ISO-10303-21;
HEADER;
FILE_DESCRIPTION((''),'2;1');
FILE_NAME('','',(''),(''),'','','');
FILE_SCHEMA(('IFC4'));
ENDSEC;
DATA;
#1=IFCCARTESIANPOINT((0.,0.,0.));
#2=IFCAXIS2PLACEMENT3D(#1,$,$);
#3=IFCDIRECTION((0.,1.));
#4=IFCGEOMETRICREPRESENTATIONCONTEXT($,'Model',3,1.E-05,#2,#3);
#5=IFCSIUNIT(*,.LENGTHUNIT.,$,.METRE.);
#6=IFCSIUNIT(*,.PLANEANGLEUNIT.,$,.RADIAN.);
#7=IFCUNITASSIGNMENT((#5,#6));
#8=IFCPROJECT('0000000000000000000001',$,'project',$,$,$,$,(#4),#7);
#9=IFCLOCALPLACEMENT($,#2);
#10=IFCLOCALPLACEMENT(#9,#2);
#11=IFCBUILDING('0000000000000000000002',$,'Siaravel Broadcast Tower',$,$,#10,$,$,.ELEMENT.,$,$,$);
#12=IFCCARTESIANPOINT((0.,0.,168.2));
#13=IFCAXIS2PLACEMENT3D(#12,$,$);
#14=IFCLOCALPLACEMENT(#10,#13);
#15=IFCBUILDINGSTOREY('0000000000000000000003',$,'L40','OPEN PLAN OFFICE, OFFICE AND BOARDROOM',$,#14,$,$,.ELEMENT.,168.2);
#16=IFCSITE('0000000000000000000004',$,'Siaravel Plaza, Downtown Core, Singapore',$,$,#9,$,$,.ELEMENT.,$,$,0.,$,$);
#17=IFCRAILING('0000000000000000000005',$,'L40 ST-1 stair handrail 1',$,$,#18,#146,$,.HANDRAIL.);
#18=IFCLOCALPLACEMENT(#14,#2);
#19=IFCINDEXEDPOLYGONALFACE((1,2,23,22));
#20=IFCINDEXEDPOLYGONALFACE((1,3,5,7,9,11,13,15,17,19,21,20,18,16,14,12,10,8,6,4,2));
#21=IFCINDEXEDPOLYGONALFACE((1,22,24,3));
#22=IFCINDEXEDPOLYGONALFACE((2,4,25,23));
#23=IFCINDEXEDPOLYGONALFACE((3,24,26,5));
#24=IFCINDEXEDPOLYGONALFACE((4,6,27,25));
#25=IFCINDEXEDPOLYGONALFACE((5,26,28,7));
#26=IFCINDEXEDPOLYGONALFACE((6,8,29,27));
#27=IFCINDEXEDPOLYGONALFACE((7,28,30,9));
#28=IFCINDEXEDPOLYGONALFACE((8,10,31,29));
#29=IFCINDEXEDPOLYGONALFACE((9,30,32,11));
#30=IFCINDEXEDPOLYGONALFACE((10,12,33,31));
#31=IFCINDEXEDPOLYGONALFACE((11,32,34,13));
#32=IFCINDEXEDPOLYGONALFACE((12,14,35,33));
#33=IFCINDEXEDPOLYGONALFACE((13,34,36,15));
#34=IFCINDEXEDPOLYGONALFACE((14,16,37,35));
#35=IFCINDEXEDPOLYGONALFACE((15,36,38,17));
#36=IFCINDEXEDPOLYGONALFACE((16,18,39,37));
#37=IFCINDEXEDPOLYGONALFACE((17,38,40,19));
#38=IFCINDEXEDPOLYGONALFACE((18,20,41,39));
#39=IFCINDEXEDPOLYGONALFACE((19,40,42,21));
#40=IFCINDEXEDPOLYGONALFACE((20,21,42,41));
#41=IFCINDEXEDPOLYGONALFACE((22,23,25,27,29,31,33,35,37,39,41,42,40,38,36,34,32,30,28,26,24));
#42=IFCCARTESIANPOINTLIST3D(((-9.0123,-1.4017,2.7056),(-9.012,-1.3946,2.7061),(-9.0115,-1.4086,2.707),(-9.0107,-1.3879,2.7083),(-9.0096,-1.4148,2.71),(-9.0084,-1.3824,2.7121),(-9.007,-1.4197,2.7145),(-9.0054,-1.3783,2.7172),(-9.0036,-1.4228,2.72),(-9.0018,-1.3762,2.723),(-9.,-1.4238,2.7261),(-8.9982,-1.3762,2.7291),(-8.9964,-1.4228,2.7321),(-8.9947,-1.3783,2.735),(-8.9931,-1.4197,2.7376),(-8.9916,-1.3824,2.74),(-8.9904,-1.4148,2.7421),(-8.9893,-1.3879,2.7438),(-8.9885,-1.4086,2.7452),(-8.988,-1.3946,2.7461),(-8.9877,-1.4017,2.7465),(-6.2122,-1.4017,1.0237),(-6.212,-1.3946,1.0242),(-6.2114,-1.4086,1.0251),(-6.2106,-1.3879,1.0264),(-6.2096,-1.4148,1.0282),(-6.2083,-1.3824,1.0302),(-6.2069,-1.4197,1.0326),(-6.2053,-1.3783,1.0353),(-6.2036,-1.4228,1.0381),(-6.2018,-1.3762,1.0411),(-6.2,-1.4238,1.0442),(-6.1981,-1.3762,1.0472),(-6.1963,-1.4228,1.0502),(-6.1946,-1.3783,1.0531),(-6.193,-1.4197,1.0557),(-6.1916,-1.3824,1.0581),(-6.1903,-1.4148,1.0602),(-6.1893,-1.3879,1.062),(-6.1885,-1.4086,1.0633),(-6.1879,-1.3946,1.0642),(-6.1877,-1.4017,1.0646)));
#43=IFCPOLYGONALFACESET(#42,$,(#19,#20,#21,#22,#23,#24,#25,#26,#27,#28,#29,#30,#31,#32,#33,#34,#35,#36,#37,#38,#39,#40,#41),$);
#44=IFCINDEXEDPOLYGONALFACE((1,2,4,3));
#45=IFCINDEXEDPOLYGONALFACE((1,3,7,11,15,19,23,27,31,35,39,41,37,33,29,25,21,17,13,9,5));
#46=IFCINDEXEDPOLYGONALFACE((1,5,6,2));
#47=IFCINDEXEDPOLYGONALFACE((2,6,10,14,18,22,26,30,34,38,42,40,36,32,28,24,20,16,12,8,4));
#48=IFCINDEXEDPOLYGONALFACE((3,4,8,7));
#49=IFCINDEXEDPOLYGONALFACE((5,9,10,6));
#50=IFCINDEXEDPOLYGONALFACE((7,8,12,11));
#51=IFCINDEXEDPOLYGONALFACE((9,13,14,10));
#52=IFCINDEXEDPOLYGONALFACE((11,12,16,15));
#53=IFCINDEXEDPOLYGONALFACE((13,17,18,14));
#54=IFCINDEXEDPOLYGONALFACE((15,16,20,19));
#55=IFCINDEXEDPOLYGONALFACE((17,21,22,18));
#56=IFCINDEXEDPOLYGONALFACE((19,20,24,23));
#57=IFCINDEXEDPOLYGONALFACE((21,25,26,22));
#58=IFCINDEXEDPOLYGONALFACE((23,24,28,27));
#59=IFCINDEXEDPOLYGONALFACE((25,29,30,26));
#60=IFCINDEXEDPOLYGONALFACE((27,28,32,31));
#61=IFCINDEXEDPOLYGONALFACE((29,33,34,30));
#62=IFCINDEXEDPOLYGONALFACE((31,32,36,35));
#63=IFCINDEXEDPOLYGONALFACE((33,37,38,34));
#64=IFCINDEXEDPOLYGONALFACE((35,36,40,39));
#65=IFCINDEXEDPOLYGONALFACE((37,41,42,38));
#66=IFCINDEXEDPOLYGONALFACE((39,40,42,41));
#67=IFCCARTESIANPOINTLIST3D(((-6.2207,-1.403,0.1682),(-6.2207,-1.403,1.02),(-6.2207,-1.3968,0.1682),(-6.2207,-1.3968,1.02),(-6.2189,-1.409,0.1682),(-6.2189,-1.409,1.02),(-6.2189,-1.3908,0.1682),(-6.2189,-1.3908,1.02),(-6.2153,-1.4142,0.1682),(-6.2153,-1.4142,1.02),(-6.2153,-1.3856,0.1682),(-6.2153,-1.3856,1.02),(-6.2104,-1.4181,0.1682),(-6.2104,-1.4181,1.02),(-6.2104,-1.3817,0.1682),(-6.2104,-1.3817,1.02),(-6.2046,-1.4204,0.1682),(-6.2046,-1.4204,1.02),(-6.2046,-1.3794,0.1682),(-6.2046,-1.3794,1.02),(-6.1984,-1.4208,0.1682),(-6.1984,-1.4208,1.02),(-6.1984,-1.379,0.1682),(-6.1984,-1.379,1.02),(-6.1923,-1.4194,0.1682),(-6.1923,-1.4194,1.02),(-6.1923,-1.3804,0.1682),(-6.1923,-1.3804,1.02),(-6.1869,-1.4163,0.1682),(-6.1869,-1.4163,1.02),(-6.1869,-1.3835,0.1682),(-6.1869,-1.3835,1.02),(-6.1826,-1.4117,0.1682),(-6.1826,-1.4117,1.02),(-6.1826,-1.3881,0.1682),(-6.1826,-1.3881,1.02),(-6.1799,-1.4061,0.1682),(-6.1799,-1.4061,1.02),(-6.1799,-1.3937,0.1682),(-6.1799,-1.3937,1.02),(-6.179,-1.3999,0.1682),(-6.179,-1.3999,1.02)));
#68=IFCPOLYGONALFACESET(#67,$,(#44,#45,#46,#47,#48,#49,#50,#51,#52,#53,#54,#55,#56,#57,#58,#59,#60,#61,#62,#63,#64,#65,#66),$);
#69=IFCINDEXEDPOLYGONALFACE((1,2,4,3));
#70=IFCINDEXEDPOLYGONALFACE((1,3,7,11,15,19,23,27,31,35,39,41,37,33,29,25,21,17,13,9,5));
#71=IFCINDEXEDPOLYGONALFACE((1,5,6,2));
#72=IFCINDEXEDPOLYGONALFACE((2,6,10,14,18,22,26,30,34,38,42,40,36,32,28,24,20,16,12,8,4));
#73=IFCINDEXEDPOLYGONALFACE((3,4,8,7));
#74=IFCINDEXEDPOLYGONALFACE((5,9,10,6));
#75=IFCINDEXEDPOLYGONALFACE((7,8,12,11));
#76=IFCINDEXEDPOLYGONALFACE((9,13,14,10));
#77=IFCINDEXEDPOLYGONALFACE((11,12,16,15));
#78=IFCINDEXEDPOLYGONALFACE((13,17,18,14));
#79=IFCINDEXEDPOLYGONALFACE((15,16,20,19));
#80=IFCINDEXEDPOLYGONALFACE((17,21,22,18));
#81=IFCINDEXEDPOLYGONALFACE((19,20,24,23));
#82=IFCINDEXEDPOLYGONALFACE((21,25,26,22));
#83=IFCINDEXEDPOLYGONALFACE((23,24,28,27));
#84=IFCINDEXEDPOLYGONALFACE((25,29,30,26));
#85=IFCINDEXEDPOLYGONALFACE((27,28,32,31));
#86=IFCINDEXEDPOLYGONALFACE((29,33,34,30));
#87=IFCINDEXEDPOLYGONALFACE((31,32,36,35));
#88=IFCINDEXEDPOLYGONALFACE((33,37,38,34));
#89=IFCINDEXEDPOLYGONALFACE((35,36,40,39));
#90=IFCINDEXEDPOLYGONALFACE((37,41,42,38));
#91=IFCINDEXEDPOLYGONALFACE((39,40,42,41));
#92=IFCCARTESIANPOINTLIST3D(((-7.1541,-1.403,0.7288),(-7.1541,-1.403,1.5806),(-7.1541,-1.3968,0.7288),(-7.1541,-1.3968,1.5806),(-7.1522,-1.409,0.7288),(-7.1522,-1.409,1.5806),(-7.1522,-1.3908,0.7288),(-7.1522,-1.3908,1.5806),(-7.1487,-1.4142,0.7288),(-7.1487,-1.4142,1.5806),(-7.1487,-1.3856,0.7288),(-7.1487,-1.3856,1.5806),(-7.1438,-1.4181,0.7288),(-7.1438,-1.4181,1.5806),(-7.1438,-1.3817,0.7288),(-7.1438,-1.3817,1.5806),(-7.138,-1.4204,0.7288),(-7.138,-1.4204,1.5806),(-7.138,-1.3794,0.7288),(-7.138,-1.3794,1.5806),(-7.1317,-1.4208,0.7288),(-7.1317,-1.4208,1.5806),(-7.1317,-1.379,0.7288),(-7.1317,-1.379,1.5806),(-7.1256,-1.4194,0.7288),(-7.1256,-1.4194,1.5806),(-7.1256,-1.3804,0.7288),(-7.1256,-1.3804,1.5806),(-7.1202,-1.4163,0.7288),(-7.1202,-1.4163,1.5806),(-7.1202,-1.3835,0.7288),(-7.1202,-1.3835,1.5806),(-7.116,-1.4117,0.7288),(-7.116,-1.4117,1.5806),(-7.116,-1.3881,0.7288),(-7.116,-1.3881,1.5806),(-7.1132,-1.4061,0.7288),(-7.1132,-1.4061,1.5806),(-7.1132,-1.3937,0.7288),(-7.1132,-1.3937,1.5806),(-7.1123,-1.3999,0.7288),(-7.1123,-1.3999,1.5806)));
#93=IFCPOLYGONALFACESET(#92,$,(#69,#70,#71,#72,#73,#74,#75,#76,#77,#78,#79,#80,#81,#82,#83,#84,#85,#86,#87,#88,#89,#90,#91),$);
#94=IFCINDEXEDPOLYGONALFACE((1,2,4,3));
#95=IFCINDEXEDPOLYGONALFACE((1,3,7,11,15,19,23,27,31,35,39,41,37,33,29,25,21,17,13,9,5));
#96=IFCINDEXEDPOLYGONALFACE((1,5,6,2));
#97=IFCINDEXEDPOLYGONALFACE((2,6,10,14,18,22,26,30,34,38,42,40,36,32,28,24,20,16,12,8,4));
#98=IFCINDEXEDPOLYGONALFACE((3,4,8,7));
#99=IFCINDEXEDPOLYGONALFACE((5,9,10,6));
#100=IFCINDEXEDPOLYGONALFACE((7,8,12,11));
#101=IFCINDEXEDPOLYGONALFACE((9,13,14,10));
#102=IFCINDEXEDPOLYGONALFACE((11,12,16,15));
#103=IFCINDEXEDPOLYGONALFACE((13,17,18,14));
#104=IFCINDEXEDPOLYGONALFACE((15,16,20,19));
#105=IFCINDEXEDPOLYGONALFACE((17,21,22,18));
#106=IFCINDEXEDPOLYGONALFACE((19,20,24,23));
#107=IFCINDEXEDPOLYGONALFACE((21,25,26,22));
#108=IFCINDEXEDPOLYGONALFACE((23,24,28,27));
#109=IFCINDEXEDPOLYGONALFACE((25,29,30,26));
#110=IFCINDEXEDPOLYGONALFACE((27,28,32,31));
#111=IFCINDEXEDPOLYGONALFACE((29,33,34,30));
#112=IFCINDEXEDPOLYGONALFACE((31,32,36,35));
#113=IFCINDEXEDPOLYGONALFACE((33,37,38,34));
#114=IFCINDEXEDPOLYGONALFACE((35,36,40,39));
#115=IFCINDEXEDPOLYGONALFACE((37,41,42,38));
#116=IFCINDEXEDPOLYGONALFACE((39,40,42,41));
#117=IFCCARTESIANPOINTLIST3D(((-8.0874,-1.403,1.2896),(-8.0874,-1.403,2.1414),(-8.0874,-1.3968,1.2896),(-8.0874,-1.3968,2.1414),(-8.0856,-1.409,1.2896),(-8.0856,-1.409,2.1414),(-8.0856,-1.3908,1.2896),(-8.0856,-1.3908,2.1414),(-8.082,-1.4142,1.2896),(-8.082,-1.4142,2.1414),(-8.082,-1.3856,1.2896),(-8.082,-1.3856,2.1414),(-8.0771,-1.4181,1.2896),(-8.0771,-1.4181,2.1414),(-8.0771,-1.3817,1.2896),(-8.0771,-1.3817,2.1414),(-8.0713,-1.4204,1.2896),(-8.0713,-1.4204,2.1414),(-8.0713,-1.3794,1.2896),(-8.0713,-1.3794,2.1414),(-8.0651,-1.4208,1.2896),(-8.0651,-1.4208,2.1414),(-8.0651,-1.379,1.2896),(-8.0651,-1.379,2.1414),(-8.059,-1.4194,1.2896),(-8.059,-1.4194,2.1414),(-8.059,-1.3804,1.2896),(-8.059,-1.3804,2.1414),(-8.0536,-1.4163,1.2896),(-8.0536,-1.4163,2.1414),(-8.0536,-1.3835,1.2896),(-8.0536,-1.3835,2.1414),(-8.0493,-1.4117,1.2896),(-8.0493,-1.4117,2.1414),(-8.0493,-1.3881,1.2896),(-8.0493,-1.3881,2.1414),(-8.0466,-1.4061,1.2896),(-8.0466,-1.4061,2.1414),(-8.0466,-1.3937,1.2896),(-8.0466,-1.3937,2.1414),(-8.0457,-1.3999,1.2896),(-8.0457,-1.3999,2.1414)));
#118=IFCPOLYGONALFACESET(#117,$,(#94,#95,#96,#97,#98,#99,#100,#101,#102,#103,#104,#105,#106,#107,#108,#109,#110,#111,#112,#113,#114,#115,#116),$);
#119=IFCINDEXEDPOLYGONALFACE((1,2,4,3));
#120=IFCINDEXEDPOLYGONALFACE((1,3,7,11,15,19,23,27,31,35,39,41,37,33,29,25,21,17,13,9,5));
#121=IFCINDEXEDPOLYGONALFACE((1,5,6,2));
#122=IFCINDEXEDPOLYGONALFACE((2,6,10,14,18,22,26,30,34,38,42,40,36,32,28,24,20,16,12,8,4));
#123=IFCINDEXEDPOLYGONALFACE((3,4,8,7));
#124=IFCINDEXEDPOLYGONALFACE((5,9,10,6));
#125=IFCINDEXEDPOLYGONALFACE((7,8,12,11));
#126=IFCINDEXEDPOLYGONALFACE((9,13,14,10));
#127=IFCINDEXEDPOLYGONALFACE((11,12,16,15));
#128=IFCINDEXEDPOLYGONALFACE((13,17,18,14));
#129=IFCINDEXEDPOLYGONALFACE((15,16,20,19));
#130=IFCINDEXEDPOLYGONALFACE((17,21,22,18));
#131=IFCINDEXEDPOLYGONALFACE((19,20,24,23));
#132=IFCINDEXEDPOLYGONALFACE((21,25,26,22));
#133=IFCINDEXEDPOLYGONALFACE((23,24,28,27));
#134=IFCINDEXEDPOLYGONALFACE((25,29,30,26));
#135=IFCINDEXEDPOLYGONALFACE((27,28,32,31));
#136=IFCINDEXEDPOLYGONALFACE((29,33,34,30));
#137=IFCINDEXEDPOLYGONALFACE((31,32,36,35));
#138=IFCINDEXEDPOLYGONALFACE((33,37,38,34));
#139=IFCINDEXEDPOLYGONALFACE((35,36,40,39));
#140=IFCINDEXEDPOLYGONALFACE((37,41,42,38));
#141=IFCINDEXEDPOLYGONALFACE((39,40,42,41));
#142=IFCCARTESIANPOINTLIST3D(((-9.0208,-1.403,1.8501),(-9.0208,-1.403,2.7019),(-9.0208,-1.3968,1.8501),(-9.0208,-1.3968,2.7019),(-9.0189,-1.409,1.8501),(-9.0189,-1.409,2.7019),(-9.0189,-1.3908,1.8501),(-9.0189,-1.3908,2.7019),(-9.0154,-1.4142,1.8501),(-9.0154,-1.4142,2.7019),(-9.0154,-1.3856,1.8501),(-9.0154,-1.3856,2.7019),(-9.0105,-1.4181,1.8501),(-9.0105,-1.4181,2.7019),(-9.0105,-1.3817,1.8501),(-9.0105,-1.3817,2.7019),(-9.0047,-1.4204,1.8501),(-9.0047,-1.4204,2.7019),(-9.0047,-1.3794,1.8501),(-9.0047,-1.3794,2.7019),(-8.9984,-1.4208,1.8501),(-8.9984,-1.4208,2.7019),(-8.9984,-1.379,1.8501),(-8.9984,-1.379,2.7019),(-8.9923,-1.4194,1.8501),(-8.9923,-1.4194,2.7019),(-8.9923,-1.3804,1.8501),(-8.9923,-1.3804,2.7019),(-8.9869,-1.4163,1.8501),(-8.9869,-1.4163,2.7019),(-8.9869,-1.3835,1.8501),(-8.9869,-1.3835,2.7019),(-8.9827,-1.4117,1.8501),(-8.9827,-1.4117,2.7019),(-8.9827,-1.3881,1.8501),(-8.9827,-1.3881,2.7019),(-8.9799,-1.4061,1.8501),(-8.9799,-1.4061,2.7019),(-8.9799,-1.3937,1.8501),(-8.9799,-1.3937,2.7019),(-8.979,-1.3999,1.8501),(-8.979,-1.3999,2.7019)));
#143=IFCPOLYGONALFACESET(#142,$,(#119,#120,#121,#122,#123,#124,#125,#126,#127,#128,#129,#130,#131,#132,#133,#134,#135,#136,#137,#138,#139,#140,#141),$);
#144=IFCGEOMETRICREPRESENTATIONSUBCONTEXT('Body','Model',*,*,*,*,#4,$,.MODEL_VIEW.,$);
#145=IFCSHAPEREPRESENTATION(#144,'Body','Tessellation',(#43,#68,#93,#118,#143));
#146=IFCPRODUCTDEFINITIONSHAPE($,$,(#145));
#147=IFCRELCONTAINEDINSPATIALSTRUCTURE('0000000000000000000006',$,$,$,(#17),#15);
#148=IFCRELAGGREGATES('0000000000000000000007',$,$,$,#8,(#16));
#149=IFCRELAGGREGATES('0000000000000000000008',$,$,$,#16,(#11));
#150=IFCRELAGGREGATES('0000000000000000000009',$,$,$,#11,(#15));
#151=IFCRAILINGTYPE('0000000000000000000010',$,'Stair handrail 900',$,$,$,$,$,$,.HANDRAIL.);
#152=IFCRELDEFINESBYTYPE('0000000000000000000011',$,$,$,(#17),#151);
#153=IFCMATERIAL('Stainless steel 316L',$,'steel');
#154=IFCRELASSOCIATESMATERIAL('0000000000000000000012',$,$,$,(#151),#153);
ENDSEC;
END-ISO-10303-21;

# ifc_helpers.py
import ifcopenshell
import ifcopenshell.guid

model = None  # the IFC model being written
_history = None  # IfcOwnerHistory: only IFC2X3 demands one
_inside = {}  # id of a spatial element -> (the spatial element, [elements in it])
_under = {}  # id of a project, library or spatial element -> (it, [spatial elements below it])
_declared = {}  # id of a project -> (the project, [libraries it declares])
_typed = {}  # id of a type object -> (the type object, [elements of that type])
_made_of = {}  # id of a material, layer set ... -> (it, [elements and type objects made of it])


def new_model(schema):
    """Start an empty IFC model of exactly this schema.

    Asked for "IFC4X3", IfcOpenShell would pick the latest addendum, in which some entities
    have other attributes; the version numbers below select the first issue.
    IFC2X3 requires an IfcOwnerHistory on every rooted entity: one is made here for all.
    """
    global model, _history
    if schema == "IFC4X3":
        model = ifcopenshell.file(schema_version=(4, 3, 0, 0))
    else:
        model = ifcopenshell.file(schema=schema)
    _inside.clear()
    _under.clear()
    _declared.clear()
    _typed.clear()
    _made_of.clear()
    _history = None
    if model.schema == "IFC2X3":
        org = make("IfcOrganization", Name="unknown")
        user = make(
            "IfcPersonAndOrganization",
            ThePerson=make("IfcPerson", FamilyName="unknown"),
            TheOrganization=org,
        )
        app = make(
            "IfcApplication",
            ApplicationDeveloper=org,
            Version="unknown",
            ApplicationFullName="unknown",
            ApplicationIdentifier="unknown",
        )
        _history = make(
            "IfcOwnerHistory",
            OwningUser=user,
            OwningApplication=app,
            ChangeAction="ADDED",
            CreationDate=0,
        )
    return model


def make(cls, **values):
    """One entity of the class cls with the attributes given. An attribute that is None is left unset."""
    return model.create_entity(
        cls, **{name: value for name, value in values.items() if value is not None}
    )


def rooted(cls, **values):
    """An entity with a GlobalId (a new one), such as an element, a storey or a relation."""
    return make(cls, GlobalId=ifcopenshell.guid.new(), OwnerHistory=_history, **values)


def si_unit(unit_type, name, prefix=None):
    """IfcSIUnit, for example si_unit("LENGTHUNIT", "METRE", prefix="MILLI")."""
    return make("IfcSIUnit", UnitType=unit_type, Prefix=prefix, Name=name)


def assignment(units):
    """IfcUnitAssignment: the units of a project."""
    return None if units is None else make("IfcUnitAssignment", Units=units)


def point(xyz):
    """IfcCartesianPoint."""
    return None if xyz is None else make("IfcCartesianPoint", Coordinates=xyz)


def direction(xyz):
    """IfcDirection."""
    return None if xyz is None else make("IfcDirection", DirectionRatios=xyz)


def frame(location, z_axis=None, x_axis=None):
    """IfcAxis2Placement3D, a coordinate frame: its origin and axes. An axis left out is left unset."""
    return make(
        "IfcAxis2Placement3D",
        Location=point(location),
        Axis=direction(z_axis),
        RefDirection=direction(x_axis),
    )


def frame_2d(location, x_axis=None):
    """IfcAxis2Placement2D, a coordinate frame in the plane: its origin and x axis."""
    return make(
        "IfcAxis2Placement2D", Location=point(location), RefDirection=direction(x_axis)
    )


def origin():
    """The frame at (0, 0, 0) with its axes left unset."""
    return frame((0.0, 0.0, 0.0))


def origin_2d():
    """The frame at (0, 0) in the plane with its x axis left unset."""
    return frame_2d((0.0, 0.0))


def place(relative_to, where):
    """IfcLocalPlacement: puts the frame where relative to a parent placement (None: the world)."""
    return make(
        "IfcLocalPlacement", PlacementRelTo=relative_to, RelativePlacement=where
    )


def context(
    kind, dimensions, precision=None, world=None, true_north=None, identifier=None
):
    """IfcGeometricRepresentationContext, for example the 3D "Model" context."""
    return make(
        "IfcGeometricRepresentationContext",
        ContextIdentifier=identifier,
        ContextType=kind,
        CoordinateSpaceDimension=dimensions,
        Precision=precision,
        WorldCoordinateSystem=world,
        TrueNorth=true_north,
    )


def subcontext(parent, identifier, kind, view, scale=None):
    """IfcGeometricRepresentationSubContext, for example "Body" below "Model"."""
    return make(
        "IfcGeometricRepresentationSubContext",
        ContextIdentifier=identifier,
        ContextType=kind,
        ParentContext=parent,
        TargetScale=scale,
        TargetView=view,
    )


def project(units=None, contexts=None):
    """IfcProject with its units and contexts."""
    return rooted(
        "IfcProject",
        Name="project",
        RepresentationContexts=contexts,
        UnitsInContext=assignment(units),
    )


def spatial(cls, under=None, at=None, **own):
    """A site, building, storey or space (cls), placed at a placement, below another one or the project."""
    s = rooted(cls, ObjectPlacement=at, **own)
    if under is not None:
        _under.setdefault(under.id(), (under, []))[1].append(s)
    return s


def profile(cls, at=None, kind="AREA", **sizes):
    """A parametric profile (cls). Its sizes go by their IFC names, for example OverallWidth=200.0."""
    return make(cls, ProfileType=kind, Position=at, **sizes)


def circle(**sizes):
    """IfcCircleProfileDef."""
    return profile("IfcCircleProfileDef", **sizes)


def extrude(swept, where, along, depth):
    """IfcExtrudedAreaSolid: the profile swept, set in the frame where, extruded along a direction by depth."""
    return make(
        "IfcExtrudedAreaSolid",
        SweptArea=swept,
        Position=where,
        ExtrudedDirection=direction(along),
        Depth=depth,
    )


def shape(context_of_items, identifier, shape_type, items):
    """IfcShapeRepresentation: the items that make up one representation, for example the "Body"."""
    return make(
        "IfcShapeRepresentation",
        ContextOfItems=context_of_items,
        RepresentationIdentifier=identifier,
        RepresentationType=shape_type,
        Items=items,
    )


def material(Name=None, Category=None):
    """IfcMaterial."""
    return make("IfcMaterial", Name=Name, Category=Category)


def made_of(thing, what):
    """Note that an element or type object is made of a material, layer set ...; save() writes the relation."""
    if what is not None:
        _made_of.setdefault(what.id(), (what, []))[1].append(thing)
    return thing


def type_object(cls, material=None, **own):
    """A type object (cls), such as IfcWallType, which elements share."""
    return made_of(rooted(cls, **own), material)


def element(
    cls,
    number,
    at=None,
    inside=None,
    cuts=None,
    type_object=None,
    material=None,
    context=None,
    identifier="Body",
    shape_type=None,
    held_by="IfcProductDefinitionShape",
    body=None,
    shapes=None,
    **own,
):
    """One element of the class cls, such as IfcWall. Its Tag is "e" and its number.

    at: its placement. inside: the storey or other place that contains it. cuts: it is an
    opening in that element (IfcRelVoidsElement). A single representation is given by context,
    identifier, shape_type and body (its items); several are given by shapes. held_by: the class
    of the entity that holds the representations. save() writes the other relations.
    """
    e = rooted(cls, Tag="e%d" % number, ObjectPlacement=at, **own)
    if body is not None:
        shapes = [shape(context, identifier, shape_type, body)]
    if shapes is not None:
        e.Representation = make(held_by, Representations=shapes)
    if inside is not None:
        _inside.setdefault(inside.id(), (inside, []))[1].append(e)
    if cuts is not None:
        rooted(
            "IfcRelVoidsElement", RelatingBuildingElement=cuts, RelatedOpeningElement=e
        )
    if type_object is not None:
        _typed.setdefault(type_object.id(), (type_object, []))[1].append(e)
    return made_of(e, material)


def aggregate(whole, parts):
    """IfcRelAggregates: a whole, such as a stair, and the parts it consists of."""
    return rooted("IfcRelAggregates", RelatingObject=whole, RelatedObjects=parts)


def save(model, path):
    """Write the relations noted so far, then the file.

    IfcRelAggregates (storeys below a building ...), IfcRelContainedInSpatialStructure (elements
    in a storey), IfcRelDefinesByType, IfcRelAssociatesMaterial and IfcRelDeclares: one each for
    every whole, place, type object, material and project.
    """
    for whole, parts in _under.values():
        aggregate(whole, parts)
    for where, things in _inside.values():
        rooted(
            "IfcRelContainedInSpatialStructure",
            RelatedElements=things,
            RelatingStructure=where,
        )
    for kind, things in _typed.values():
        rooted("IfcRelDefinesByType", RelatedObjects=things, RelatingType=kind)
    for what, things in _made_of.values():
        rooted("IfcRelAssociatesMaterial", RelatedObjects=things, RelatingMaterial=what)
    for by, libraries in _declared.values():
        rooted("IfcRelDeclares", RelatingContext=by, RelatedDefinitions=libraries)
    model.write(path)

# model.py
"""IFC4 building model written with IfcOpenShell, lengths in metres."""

from ifc_helpers import new_model, si_unit, direction, frame, origin, origin_2d, place, context, subcontext, project, spatial, circle, extrude, material, type_object, element, save


model = new_model("IFC4")

# Units and contexts
model_context = context("Model", 3, precision=1e-05, world=origin(), true_north=direction((0.0, 1.0)))
body_context = subcontext(model_context, "Body", "Model", "MODEL_VIEW")
ifc_project = project(units=[si_unit("LENGTHUNIT", "METRE"), si_unit("PLANEANGLEUNIT", "RADIAN")], contexts=[model_context])

# Site, building, storey
site_placement = place(None, origin())
site = spatial("IfcSite", under=ifc_project, at=site_placement, Name="Siaravel Plaza, Downtown Core, Singapore", CompositionType="ELEMENT", RefElevation=0.0)
building_placement = place(site_placement, origin())
building = spatial("IfcBuilding", under=site, at=building_placement, Name="Siaravel Broadcast Tower", CompositionType="ELEMENT")
storey_placement = place(building_placement, frame((0.0, 0.0, 168.2)))
storey = spatial("IfcBuildingStorey", under=building, at=storey_placement, Name="L40", Description="OPEN PLAN OFFICE, OFFICE AND BOARDROOM", CompositionType="ELEMENT", Elevation=168.2)

# Shared definitions
ifc_material_1 = material(Name="Stainless steel 316L", Category="steel")

# Railing
railing_type_1 = type_object("IfcRailingType", Name="Stair handrail 900", PredefinedType="HANDRAIL", material=ifc_material_1)
railing_1_placement = place(storey_placement, frame((-6.2, -1.3999, 0.1682)))
element("IfcRailing", 1, at=railing_1_placement, inside=storey, type_object=railing_type_1, Name="L40 ST-1 stair handrail 1", PredefinedType="HANDRAIL", context=body_context, shape_type="SweptSolid", body=[
    extrude(circle(Radius=0.0239, at=origin_2d()), frame((0.0, 0.0, 0.876), z_axis=(-0.857242, 0.0, 0.514913), x_axis=(0.0, -1.0, 0.0)), (0.0, 0.0, 1.0), 3.2664),
    extrude(circle(Radius=0.021, at=origin_2d()), origin(), (0.0, 0.0, 1.0), 0.8518),
    extrude(circle(Radius=0.021, at=origin_2d()), frame((-0.9333, 0.0, 0.5605)), (0.0, 0.0, 1.0), 0.8518),
    extrude(circle(Radius=0.021, at=origin_2d()), frame((-1.8667, 0.0, 1.1213)), (0.0, 0.0, 1.0), 0.8518),
    extrude(circle(Radius=0.021, at=origin_2d()), frame((-2.8, 0.0, 1.6819)), (0.0, 0.0, 1.0), 0.8518),
])

save(model, "model.ifc")
